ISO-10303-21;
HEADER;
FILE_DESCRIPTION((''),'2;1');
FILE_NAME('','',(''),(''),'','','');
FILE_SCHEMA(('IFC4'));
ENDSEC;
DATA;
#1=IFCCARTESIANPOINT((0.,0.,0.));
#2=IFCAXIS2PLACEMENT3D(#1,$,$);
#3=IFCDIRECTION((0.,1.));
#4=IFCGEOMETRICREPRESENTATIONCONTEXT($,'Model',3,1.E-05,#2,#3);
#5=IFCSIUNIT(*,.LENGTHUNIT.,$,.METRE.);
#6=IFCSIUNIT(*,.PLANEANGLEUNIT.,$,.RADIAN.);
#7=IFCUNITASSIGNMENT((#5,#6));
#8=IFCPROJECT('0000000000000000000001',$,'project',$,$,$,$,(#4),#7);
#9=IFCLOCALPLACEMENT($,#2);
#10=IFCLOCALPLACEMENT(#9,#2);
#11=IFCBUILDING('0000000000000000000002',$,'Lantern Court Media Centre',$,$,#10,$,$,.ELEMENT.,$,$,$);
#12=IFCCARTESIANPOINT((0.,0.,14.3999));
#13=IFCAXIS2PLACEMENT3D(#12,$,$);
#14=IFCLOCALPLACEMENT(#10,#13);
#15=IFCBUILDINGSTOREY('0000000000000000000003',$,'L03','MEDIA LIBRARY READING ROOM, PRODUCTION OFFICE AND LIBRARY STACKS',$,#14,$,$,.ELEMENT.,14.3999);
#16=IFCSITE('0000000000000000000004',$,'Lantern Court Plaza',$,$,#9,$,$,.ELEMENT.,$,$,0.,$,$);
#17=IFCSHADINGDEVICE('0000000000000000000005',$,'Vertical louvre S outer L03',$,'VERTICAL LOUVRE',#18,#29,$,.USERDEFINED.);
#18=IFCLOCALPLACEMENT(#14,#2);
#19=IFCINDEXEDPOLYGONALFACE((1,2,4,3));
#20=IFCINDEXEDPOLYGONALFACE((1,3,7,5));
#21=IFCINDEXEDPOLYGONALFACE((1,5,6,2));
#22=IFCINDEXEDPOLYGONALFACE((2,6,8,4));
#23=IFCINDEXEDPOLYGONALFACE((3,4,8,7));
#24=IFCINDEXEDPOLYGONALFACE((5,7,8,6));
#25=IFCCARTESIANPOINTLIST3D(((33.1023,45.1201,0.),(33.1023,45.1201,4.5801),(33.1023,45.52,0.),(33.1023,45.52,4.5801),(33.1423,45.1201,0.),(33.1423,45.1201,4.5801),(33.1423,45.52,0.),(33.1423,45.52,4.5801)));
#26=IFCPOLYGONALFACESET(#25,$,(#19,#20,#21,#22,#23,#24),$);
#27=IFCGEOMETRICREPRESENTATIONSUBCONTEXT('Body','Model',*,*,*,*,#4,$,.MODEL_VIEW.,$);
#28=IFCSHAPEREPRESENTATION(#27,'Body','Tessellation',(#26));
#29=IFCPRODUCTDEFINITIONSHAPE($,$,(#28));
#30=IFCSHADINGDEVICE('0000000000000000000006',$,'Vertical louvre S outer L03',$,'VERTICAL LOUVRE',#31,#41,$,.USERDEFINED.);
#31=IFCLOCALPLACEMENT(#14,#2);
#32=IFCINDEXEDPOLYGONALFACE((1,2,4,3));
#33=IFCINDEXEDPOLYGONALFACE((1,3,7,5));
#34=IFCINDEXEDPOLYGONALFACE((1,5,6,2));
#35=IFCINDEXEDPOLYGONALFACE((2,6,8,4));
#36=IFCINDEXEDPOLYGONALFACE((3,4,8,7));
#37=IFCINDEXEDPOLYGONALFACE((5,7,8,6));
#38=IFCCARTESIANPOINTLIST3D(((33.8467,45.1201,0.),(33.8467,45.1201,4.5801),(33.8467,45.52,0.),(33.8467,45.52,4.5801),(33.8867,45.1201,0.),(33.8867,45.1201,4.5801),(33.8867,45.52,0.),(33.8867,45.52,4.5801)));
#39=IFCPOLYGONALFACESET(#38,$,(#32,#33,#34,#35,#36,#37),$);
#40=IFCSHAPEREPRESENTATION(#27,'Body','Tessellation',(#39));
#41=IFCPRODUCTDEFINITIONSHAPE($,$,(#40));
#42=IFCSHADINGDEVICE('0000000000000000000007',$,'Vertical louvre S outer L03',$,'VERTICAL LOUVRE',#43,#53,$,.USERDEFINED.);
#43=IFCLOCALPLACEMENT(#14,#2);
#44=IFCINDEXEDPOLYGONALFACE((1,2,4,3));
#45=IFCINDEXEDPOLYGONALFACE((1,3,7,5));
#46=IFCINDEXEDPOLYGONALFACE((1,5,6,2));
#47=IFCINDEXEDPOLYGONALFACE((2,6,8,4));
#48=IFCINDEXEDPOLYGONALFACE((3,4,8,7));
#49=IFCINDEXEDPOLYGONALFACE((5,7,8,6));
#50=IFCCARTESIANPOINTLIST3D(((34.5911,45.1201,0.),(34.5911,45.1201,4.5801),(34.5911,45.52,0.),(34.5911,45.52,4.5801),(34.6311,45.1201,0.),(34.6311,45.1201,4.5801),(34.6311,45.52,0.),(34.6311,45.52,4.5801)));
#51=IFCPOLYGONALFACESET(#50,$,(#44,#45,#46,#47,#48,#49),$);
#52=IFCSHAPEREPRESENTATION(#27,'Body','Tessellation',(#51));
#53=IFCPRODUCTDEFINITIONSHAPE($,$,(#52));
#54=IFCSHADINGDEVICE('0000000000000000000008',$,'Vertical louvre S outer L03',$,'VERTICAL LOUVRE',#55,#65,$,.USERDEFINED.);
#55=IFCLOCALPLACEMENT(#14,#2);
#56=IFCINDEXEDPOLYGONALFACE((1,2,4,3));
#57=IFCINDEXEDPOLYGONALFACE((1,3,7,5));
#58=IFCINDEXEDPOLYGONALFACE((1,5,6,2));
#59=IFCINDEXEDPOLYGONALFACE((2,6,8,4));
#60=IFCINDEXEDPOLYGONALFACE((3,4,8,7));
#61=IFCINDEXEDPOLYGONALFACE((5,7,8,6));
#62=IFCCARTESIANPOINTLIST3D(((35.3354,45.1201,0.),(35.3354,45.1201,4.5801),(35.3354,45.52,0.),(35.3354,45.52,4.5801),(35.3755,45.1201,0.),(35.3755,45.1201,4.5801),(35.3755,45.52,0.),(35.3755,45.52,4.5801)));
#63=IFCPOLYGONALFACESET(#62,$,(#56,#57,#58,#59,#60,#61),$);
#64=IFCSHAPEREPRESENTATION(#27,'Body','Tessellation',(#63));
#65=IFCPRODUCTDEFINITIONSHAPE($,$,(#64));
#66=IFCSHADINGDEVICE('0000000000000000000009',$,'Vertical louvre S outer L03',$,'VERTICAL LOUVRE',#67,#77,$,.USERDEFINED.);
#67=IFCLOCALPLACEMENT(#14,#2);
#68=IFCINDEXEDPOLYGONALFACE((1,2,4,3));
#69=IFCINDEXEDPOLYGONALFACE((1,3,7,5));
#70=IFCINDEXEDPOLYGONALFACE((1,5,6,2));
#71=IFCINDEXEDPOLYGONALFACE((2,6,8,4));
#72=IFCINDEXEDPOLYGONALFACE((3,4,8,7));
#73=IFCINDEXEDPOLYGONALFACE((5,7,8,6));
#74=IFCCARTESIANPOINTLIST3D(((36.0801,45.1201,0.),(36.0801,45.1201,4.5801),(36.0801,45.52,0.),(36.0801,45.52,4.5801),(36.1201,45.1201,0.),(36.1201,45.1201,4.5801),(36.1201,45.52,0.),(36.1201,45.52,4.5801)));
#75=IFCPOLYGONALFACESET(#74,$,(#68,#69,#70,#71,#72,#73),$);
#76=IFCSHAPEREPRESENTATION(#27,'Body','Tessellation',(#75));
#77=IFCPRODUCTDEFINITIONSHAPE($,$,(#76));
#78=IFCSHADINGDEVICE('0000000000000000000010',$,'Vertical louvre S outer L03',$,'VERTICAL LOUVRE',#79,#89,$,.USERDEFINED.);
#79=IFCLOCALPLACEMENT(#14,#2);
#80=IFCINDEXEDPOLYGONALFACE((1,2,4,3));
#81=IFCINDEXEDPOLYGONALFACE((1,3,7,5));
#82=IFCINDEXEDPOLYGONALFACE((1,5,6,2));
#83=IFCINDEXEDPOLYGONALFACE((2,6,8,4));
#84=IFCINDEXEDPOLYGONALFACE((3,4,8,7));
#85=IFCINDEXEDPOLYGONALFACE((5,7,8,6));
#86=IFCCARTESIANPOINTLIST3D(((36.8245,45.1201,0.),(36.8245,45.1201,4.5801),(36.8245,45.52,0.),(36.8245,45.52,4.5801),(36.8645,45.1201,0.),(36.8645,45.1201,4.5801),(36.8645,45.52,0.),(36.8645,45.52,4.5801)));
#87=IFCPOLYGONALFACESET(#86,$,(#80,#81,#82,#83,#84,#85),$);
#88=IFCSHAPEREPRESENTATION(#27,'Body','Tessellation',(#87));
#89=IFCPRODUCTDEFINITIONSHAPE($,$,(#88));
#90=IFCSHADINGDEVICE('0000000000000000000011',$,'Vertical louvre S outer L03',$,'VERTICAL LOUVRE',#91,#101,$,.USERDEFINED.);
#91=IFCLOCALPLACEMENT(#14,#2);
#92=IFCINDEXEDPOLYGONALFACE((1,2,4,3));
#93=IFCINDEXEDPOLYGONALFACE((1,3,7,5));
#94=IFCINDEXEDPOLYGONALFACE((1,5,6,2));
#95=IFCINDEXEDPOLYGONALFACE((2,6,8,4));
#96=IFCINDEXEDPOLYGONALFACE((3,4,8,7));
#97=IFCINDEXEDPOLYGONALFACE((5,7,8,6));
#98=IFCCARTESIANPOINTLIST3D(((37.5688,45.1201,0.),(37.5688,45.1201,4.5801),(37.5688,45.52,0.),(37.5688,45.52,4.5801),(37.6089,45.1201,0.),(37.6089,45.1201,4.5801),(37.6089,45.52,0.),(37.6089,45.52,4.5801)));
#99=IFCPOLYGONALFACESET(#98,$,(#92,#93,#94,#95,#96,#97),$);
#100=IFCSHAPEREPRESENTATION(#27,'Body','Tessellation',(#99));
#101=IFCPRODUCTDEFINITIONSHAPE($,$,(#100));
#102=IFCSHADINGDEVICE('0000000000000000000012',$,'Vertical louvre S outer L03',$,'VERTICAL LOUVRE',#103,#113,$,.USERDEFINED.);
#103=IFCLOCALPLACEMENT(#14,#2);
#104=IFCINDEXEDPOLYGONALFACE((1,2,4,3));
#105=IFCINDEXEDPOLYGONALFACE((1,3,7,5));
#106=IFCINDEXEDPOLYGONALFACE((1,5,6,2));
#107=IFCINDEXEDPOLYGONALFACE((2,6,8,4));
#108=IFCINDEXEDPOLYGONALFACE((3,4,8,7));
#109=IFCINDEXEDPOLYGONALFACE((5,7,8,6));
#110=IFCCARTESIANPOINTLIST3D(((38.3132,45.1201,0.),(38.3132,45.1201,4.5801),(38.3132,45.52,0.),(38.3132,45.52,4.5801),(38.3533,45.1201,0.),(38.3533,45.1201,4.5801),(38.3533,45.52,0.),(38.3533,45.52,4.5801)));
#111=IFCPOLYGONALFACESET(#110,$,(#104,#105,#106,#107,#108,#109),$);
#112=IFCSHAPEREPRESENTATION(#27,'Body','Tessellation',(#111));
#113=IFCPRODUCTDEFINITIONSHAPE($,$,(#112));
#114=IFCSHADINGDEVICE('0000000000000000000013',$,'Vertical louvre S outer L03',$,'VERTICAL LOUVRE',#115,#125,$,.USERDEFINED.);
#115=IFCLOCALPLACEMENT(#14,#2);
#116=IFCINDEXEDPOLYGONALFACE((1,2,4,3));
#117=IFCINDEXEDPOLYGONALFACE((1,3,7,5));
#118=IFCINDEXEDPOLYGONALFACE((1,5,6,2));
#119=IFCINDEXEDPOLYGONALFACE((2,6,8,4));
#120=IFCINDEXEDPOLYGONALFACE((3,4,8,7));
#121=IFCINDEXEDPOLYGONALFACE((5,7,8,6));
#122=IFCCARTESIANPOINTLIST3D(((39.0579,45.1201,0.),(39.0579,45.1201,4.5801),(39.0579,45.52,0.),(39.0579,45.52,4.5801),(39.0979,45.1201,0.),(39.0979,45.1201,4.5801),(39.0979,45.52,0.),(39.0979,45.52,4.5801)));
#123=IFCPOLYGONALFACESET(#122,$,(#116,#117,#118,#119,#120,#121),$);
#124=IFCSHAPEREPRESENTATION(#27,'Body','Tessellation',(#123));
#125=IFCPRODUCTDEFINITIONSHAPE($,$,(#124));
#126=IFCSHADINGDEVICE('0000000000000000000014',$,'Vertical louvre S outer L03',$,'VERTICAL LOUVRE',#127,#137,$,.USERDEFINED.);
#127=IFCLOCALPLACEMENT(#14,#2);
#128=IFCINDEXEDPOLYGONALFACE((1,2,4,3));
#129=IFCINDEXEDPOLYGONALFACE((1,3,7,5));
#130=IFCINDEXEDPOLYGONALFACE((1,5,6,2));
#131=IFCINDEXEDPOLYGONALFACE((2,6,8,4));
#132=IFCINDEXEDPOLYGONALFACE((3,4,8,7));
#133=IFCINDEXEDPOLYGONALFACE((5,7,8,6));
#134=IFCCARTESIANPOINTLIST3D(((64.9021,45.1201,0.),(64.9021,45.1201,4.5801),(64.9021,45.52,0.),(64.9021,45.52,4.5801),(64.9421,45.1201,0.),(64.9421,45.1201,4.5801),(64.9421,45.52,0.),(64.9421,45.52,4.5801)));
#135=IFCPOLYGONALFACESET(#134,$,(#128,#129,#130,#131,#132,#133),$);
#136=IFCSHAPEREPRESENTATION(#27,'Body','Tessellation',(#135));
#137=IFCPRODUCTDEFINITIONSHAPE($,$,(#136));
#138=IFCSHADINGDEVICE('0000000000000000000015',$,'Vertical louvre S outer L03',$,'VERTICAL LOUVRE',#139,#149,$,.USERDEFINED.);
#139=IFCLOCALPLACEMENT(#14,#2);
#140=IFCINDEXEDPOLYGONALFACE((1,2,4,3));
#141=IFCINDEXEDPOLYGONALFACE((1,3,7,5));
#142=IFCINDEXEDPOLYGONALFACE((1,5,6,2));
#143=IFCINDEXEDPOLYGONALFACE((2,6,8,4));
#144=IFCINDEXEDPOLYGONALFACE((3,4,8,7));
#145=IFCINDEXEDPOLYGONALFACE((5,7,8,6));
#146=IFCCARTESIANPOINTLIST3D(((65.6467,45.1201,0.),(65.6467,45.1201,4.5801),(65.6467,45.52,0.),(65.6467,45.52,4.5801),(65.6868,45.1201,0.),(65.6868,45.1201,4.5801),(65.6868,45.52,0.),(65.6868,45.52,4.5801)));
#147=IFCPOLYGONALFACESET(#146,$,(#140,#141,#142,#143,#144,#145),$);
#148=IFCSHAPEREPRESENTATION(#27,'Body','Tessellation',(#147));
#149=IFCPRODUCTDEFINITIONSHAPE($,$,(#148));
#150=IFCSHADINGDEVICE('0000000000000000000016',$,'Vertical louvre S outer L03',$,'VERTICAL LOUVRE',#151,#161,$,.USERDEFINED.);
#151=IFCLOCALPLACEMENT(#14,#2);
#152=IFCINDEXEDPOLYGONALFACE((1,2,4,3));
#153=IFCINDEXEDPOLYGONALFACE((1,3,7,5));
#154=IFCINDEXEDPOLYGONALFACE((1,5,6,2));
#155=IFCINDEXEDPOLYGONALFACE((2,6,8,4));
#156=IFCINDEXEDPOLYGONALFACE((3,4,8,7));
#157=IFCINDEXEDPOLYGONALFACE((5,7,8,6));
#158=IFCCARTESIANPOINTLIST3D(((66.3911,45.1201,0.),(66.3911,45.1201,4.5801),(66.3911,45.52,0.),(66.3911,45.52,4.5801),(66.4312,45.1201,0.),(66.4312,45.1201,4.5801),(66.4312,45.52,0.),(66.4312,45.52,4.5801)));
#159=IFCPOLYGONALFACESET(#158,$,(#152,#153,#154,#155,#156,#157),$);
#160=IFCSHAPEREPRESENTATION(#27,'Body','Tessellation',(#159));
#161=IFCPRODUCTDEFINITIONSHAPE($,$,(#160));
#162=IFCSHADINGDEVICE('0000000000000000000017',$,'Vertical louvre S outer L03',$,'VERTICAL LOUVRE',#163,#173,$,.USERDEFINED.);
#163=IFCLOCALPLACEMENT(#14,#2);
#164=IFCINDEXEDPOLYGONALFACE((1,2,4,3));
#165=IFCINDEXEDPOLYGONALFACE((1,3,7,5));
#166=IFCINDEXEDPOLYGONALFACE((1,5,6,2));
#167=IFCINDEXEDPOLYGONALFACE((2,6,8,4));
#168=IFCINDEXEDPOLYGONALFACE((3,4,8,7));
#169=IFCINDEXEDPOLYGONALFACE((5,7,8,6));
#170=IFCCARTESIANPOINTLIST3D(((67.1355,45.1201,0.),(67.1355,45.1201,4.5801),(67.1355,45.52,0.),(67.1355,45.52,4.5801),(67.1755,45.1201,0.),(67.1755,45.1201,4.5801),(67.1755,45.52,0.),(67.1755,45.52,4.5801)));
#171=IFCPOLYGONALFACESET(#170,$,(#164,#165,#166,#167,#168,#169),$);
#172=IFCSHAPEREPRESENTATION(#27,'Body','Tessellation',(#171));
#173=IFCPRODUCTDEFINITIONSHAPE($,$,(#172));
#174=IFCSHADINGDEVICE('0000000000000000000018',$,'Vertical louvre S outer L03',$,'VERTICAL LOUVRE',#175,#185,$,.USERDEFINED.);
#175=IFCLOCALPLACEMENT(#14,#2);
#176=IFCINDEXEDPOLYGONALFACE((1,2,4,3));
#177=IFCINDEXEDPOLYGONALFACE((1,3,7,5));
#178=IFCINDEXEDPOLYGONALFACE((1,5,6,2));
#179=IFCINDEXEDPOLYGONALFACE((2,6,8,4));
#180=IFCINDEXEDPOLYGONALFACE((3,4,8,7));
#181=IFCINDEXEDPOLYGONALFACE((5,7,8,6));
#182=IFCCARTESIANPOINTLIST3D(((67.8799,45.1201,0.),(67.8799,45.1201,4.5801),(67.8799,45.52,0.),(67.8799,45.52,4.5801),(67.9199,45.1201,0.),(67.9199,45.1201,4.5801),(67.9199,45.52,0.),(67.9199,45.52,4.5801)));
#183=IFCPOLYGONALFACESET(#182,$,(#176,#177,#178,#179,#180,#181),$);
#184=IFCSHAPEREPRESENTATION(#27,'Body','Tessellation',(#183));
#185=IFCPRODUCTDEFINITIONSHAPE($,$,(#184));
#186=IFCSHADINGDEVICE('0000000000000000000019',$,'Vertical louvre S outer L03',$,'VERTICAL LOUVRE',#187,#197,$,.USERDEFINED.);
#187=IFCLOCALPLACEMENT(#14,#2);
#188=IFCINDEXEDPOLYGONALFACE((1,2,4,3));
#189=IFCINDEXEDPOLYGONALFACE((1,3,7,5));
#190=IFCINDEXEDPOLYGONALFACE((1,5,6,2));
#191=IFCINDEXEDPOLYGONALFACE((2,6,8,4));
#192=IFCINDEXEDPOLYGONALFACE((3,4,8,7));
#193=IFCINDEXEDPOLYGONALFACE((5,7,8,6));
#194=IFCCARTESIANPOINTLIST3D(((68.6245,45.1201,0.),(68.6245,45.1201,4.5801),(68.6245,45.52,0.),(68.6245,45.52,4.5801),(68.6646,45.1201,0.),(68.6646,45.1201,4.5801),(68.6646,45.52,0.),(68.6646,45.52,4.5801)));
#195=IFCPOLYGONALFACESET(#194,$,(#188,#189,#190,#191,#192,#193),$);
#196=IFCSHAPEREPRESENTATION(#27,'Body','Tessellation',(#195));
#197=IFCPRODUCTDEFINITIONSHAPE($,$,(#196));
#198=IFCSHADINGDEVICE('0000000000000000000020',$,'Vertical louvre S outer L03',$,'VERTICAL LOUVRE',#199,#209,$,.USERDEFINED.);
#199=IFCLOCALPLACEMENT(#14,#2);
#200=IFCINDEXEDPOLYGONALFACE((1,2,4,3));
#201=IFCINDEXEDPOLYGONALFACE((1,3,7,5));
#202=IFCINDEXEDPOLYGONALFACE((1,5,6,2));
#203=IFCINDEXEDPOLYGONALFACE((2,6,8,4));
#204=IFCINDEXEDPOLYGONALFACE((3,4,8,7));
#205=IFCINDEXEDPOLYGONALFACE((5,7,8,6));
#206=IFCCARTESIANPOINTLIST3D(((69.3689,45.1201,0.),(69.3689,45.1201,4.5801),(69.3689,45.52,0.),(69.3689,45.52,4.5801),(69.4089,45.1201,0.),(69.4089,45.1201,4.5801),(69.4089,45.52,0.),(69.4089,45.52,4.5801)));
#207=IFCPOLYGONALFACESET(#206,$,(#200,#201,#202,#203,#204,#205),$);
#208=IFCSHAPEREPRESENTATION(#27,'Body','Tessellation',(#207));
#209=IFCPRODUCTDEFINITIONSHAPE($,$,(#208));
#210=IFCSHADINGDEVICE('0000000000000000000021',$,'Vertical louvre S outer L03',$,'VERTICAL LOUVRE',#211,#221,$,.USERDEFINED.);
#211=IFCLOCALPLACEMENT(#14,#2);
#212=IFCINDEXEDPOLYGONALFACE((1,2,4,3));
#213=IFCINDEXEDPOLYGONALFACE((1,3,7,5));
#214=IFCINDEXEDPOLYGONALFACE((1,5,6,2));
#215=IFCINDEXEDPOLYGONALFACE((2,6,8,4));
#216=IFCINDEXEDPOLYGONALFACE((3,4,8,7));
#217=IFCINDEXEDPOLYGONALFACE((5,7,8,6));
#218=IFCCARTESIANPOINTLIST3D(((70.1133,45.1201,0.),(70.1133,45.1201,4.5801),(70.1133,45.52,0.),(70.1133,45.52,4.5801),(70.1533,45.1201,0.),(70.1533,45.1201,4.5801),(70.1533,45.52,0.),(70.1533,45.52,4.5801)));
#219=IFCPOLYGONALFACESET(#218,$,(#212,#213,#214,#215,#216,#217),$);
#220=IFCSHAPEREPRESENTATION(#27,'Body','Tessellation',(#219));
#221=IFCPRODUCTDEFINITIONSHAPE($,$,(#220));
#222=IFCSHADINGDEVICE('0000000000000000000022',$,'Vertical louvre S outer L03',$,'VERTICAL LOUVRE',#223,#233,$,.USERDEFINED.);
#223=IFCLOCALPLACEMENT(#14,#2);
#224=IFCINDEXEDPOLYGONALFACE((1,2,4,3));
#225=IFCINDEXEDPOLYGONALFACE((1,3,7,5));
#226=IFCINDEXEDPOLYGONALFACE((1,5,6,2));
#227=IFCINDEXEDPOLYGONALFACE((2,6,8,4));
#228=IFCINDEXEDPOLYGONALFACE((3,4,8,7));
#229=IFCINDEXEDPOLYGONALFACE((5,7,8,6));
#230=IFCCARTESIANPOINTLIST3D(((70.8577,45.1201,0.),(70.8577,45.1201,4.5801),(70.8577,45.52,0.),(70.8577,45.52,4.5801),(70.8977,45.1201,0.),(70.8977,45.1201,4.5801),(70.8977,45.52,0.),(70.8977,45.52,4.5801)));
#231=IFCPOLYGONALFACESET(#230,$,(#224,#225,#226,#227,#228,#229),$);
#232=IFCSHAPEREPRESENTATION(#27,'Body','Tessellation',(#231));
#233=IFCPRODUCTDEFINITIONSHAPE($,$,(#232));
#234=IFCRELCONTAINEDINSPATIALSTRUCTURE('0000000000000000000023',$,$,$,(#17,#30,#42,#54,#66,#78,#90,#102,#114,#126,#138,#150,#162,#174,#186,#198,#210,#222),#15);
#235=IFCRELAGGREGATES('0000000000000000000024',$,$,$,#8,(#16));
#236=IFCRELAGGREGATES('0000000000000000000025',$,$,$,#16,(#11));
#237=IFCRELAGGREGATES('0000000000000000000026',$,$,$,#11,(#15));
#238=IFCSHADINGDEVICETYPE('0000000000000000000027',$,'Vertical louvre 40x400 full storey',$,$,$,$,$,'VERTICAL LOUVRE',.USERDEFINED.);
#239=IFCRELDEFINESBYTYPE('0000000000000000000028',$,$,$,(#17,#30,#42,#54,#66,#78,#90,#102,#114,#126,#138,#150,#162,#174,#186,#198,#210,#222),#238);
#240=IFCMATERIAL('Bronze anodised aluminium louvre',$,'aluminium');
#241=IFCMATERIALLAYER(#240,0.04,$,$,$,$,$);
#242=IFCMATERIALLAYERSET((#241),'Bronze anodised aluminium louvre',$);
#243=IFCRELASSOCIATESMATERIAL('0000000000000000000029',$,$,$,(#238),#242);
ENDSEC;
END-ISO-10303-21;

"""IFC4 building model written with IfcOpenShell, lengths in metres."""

from ifc_helpers import new_model, si_unit, direction, frame, origin, origin_2d, place, context, subcontext, project, spatial, rectangle, extrude, material, layer, layer_set, type_object, element, save


model = new_model("IFC4")

# Units and contexts
model_context = context("Model", 3, precision=1e-05, world=origin(), true_north=direction((0.0, 1.0)))
body_context = subcontext(model_context, "Body", "Model", "MODEL_VIEW")
ifc_project = project(units=[si_unit("LENGTHUNIT", "METRE"), si_unit("PLANEANGLEUNIT", "RADIAN")], contexts=[model_context])

# Site, building, storey
site_placement = place(None, origin())
site = spatial("IfcSite", under=ifc_project, at=site_placement, Name="Lantern Court Plaza", CompositionType="ELEMENT", RefElevation=0.0)
building_placement = place(site_placement, origin())
building = spatial("IfcBuilding", under=site, at=building_placement, Name="Lantern Court Media Centre", CompositionType="ELEMENT")
storey_placement = place(building_placement, frame((0.0, 0.0, 14.3999)))
storey = spatial("IfcBuildingStorey", under=building, at=storey_placement, Name="L03", Description="MEDIA LIBRARY READING ROOM, PRODUCTION OFFICE AND LIBRARY STACKS", CompositionType="ELEMENT", Elevation=14.3999)

# Shading devices
ifc_material_1 = material(Name="Bronze anodised aluminium louvre", Category="aluminium")
ifc_layer_1 = layer(ifc_material_1, 0.04)
ifc_layer_set_1 = layer_set([ifc_layer_1], Name="Bronze anodised aluminium louvre")
shading_device_type = type_object("IfcShadingDeviceType", Name="Vertical louvre 40x400 full storey", ElementType="VERTICAL LOUVRE", PredefinedType="USERDEFINED", material=ifc_layer_set_1)
for number, where, z_axis, x_axis, name in (
    (1, (33.1223, 45.3201, 0.0), (0.0, 0.0, 1.0), (1.0, 0.0, 0.0), "Vertical louvre S outer L03"),
    (2, (33.8667, 45.3201, 0.0), (0.0, 0.0, 1.0), (1.0, 0.0, 0.0), "Vertical louvre S outer L03"),
    (3, (34.6111, 45.3201, 0.0), (0.0, 0.0, 1.0), (1.0, 0.0, 0.0), "Vertical louvre S outer L03"),
    (4, (35.3555, 45.3201, 0.0), (0.0, 0.0, 1.0), (1.0, 0.0, 0.0), "Vertical louvre S outer L03"),
    (5, (36.1001, 45.3201, 0.0), (0.0, 0.0, 1.0), (1.0, 0.0, 0.0), "Vertical louvre S outer L03"),
    (6, (36.8445, 45.3201, 0.0), (0.0, 0.0, 1.0), (1.0, 0.0, 0.0), "Vertical louvre S outer L03"),
    (7, (37.5889, 45.3201, 0.0), (0.0, 0.0, 1.0), (1.0, 0.0, 0.0), "Vertical louvre S outer L03"),
    (8, (38.3333, 45.3201, 0.0), (0.0, 0.0, 1.0), (1.0, 0.0, 0.0), "Vertical louvre S outer L03"),
    (9, (39.0779, 45.3201, 0.0), (0.0, 0.0, 1.0), (1.0, 0.0, 0.0), "Vertical louvre S outer L03"),
    (10, (64.9221, 45.3201, 0.0), (0.0, 0.0, 1.0), (1.0, 0.0, 0.0), "Vertical louvre S outer L03"),
    (11, (65.6667, 45.3201, 0.0), (0.0, 0.0, 1.0), (1.0, 0.0, 0.0), "Vertical louvre S outer L03"),
    (12, (66.4111, 45.3201, 0.0), (0.0, 0.0, 1.0), (1.0, 0.0, 0.0), "Vertical louvre S outer L03"),
    (13, (67.1555, 45.3201, 0.0), (0.0, 0.0, 1.0), (1.0, 0.0, 0.0), "Vertical louvre S outer L03"),
    (14, (67.8999, 45.3201, 0.0), (0.0, 0.0, 1.0), (1.0, 0.0, 0.0), "Vertical louvre S outer L03"),
    (15, (68.6445, 45.3201, 0.0), (0.0, 0.0, 1.0), (1.0, 0.0, 0.0), "Vertical louvre S outer L03"),
    (16, (69.3889, 45.3201, 0.0), (0.0, 0.0, 1.0), (1.0, 0.0, 0.0), "Vertical louvre S outer L03"),
    (17, (70.1333, 45.3201, 0.0), (0.0, 0.0, 1.0), (1.0, 0.0, 0.0), "Vertical louvre S outer L03"),
    (18, (70.8777, 45.3201, 0.0), (0.0, 0.0, 1.0), (1.0, 0.0, 0.0), "Vertical louvre S outer L03"),
):
    element("IfcShadingDevice", number, at=place(storey_placement, frame(where, z_axis=z_axis, x_axis=x_axis)), inside=storey, type_object=shading_device_type, Name=name, ObjectType="VERTICAL LOUVRE", PredefinedType="USERDEFINED", context=body_context, shape_type="SweptSolid", body=[
        extrude(rectangle(XDim=0.04, YDim=0.3999, at=origin_2d()), origin(), (0.0, 0.0, 1.0), 4.5801),
    ])

save(model, "model.ifc")
